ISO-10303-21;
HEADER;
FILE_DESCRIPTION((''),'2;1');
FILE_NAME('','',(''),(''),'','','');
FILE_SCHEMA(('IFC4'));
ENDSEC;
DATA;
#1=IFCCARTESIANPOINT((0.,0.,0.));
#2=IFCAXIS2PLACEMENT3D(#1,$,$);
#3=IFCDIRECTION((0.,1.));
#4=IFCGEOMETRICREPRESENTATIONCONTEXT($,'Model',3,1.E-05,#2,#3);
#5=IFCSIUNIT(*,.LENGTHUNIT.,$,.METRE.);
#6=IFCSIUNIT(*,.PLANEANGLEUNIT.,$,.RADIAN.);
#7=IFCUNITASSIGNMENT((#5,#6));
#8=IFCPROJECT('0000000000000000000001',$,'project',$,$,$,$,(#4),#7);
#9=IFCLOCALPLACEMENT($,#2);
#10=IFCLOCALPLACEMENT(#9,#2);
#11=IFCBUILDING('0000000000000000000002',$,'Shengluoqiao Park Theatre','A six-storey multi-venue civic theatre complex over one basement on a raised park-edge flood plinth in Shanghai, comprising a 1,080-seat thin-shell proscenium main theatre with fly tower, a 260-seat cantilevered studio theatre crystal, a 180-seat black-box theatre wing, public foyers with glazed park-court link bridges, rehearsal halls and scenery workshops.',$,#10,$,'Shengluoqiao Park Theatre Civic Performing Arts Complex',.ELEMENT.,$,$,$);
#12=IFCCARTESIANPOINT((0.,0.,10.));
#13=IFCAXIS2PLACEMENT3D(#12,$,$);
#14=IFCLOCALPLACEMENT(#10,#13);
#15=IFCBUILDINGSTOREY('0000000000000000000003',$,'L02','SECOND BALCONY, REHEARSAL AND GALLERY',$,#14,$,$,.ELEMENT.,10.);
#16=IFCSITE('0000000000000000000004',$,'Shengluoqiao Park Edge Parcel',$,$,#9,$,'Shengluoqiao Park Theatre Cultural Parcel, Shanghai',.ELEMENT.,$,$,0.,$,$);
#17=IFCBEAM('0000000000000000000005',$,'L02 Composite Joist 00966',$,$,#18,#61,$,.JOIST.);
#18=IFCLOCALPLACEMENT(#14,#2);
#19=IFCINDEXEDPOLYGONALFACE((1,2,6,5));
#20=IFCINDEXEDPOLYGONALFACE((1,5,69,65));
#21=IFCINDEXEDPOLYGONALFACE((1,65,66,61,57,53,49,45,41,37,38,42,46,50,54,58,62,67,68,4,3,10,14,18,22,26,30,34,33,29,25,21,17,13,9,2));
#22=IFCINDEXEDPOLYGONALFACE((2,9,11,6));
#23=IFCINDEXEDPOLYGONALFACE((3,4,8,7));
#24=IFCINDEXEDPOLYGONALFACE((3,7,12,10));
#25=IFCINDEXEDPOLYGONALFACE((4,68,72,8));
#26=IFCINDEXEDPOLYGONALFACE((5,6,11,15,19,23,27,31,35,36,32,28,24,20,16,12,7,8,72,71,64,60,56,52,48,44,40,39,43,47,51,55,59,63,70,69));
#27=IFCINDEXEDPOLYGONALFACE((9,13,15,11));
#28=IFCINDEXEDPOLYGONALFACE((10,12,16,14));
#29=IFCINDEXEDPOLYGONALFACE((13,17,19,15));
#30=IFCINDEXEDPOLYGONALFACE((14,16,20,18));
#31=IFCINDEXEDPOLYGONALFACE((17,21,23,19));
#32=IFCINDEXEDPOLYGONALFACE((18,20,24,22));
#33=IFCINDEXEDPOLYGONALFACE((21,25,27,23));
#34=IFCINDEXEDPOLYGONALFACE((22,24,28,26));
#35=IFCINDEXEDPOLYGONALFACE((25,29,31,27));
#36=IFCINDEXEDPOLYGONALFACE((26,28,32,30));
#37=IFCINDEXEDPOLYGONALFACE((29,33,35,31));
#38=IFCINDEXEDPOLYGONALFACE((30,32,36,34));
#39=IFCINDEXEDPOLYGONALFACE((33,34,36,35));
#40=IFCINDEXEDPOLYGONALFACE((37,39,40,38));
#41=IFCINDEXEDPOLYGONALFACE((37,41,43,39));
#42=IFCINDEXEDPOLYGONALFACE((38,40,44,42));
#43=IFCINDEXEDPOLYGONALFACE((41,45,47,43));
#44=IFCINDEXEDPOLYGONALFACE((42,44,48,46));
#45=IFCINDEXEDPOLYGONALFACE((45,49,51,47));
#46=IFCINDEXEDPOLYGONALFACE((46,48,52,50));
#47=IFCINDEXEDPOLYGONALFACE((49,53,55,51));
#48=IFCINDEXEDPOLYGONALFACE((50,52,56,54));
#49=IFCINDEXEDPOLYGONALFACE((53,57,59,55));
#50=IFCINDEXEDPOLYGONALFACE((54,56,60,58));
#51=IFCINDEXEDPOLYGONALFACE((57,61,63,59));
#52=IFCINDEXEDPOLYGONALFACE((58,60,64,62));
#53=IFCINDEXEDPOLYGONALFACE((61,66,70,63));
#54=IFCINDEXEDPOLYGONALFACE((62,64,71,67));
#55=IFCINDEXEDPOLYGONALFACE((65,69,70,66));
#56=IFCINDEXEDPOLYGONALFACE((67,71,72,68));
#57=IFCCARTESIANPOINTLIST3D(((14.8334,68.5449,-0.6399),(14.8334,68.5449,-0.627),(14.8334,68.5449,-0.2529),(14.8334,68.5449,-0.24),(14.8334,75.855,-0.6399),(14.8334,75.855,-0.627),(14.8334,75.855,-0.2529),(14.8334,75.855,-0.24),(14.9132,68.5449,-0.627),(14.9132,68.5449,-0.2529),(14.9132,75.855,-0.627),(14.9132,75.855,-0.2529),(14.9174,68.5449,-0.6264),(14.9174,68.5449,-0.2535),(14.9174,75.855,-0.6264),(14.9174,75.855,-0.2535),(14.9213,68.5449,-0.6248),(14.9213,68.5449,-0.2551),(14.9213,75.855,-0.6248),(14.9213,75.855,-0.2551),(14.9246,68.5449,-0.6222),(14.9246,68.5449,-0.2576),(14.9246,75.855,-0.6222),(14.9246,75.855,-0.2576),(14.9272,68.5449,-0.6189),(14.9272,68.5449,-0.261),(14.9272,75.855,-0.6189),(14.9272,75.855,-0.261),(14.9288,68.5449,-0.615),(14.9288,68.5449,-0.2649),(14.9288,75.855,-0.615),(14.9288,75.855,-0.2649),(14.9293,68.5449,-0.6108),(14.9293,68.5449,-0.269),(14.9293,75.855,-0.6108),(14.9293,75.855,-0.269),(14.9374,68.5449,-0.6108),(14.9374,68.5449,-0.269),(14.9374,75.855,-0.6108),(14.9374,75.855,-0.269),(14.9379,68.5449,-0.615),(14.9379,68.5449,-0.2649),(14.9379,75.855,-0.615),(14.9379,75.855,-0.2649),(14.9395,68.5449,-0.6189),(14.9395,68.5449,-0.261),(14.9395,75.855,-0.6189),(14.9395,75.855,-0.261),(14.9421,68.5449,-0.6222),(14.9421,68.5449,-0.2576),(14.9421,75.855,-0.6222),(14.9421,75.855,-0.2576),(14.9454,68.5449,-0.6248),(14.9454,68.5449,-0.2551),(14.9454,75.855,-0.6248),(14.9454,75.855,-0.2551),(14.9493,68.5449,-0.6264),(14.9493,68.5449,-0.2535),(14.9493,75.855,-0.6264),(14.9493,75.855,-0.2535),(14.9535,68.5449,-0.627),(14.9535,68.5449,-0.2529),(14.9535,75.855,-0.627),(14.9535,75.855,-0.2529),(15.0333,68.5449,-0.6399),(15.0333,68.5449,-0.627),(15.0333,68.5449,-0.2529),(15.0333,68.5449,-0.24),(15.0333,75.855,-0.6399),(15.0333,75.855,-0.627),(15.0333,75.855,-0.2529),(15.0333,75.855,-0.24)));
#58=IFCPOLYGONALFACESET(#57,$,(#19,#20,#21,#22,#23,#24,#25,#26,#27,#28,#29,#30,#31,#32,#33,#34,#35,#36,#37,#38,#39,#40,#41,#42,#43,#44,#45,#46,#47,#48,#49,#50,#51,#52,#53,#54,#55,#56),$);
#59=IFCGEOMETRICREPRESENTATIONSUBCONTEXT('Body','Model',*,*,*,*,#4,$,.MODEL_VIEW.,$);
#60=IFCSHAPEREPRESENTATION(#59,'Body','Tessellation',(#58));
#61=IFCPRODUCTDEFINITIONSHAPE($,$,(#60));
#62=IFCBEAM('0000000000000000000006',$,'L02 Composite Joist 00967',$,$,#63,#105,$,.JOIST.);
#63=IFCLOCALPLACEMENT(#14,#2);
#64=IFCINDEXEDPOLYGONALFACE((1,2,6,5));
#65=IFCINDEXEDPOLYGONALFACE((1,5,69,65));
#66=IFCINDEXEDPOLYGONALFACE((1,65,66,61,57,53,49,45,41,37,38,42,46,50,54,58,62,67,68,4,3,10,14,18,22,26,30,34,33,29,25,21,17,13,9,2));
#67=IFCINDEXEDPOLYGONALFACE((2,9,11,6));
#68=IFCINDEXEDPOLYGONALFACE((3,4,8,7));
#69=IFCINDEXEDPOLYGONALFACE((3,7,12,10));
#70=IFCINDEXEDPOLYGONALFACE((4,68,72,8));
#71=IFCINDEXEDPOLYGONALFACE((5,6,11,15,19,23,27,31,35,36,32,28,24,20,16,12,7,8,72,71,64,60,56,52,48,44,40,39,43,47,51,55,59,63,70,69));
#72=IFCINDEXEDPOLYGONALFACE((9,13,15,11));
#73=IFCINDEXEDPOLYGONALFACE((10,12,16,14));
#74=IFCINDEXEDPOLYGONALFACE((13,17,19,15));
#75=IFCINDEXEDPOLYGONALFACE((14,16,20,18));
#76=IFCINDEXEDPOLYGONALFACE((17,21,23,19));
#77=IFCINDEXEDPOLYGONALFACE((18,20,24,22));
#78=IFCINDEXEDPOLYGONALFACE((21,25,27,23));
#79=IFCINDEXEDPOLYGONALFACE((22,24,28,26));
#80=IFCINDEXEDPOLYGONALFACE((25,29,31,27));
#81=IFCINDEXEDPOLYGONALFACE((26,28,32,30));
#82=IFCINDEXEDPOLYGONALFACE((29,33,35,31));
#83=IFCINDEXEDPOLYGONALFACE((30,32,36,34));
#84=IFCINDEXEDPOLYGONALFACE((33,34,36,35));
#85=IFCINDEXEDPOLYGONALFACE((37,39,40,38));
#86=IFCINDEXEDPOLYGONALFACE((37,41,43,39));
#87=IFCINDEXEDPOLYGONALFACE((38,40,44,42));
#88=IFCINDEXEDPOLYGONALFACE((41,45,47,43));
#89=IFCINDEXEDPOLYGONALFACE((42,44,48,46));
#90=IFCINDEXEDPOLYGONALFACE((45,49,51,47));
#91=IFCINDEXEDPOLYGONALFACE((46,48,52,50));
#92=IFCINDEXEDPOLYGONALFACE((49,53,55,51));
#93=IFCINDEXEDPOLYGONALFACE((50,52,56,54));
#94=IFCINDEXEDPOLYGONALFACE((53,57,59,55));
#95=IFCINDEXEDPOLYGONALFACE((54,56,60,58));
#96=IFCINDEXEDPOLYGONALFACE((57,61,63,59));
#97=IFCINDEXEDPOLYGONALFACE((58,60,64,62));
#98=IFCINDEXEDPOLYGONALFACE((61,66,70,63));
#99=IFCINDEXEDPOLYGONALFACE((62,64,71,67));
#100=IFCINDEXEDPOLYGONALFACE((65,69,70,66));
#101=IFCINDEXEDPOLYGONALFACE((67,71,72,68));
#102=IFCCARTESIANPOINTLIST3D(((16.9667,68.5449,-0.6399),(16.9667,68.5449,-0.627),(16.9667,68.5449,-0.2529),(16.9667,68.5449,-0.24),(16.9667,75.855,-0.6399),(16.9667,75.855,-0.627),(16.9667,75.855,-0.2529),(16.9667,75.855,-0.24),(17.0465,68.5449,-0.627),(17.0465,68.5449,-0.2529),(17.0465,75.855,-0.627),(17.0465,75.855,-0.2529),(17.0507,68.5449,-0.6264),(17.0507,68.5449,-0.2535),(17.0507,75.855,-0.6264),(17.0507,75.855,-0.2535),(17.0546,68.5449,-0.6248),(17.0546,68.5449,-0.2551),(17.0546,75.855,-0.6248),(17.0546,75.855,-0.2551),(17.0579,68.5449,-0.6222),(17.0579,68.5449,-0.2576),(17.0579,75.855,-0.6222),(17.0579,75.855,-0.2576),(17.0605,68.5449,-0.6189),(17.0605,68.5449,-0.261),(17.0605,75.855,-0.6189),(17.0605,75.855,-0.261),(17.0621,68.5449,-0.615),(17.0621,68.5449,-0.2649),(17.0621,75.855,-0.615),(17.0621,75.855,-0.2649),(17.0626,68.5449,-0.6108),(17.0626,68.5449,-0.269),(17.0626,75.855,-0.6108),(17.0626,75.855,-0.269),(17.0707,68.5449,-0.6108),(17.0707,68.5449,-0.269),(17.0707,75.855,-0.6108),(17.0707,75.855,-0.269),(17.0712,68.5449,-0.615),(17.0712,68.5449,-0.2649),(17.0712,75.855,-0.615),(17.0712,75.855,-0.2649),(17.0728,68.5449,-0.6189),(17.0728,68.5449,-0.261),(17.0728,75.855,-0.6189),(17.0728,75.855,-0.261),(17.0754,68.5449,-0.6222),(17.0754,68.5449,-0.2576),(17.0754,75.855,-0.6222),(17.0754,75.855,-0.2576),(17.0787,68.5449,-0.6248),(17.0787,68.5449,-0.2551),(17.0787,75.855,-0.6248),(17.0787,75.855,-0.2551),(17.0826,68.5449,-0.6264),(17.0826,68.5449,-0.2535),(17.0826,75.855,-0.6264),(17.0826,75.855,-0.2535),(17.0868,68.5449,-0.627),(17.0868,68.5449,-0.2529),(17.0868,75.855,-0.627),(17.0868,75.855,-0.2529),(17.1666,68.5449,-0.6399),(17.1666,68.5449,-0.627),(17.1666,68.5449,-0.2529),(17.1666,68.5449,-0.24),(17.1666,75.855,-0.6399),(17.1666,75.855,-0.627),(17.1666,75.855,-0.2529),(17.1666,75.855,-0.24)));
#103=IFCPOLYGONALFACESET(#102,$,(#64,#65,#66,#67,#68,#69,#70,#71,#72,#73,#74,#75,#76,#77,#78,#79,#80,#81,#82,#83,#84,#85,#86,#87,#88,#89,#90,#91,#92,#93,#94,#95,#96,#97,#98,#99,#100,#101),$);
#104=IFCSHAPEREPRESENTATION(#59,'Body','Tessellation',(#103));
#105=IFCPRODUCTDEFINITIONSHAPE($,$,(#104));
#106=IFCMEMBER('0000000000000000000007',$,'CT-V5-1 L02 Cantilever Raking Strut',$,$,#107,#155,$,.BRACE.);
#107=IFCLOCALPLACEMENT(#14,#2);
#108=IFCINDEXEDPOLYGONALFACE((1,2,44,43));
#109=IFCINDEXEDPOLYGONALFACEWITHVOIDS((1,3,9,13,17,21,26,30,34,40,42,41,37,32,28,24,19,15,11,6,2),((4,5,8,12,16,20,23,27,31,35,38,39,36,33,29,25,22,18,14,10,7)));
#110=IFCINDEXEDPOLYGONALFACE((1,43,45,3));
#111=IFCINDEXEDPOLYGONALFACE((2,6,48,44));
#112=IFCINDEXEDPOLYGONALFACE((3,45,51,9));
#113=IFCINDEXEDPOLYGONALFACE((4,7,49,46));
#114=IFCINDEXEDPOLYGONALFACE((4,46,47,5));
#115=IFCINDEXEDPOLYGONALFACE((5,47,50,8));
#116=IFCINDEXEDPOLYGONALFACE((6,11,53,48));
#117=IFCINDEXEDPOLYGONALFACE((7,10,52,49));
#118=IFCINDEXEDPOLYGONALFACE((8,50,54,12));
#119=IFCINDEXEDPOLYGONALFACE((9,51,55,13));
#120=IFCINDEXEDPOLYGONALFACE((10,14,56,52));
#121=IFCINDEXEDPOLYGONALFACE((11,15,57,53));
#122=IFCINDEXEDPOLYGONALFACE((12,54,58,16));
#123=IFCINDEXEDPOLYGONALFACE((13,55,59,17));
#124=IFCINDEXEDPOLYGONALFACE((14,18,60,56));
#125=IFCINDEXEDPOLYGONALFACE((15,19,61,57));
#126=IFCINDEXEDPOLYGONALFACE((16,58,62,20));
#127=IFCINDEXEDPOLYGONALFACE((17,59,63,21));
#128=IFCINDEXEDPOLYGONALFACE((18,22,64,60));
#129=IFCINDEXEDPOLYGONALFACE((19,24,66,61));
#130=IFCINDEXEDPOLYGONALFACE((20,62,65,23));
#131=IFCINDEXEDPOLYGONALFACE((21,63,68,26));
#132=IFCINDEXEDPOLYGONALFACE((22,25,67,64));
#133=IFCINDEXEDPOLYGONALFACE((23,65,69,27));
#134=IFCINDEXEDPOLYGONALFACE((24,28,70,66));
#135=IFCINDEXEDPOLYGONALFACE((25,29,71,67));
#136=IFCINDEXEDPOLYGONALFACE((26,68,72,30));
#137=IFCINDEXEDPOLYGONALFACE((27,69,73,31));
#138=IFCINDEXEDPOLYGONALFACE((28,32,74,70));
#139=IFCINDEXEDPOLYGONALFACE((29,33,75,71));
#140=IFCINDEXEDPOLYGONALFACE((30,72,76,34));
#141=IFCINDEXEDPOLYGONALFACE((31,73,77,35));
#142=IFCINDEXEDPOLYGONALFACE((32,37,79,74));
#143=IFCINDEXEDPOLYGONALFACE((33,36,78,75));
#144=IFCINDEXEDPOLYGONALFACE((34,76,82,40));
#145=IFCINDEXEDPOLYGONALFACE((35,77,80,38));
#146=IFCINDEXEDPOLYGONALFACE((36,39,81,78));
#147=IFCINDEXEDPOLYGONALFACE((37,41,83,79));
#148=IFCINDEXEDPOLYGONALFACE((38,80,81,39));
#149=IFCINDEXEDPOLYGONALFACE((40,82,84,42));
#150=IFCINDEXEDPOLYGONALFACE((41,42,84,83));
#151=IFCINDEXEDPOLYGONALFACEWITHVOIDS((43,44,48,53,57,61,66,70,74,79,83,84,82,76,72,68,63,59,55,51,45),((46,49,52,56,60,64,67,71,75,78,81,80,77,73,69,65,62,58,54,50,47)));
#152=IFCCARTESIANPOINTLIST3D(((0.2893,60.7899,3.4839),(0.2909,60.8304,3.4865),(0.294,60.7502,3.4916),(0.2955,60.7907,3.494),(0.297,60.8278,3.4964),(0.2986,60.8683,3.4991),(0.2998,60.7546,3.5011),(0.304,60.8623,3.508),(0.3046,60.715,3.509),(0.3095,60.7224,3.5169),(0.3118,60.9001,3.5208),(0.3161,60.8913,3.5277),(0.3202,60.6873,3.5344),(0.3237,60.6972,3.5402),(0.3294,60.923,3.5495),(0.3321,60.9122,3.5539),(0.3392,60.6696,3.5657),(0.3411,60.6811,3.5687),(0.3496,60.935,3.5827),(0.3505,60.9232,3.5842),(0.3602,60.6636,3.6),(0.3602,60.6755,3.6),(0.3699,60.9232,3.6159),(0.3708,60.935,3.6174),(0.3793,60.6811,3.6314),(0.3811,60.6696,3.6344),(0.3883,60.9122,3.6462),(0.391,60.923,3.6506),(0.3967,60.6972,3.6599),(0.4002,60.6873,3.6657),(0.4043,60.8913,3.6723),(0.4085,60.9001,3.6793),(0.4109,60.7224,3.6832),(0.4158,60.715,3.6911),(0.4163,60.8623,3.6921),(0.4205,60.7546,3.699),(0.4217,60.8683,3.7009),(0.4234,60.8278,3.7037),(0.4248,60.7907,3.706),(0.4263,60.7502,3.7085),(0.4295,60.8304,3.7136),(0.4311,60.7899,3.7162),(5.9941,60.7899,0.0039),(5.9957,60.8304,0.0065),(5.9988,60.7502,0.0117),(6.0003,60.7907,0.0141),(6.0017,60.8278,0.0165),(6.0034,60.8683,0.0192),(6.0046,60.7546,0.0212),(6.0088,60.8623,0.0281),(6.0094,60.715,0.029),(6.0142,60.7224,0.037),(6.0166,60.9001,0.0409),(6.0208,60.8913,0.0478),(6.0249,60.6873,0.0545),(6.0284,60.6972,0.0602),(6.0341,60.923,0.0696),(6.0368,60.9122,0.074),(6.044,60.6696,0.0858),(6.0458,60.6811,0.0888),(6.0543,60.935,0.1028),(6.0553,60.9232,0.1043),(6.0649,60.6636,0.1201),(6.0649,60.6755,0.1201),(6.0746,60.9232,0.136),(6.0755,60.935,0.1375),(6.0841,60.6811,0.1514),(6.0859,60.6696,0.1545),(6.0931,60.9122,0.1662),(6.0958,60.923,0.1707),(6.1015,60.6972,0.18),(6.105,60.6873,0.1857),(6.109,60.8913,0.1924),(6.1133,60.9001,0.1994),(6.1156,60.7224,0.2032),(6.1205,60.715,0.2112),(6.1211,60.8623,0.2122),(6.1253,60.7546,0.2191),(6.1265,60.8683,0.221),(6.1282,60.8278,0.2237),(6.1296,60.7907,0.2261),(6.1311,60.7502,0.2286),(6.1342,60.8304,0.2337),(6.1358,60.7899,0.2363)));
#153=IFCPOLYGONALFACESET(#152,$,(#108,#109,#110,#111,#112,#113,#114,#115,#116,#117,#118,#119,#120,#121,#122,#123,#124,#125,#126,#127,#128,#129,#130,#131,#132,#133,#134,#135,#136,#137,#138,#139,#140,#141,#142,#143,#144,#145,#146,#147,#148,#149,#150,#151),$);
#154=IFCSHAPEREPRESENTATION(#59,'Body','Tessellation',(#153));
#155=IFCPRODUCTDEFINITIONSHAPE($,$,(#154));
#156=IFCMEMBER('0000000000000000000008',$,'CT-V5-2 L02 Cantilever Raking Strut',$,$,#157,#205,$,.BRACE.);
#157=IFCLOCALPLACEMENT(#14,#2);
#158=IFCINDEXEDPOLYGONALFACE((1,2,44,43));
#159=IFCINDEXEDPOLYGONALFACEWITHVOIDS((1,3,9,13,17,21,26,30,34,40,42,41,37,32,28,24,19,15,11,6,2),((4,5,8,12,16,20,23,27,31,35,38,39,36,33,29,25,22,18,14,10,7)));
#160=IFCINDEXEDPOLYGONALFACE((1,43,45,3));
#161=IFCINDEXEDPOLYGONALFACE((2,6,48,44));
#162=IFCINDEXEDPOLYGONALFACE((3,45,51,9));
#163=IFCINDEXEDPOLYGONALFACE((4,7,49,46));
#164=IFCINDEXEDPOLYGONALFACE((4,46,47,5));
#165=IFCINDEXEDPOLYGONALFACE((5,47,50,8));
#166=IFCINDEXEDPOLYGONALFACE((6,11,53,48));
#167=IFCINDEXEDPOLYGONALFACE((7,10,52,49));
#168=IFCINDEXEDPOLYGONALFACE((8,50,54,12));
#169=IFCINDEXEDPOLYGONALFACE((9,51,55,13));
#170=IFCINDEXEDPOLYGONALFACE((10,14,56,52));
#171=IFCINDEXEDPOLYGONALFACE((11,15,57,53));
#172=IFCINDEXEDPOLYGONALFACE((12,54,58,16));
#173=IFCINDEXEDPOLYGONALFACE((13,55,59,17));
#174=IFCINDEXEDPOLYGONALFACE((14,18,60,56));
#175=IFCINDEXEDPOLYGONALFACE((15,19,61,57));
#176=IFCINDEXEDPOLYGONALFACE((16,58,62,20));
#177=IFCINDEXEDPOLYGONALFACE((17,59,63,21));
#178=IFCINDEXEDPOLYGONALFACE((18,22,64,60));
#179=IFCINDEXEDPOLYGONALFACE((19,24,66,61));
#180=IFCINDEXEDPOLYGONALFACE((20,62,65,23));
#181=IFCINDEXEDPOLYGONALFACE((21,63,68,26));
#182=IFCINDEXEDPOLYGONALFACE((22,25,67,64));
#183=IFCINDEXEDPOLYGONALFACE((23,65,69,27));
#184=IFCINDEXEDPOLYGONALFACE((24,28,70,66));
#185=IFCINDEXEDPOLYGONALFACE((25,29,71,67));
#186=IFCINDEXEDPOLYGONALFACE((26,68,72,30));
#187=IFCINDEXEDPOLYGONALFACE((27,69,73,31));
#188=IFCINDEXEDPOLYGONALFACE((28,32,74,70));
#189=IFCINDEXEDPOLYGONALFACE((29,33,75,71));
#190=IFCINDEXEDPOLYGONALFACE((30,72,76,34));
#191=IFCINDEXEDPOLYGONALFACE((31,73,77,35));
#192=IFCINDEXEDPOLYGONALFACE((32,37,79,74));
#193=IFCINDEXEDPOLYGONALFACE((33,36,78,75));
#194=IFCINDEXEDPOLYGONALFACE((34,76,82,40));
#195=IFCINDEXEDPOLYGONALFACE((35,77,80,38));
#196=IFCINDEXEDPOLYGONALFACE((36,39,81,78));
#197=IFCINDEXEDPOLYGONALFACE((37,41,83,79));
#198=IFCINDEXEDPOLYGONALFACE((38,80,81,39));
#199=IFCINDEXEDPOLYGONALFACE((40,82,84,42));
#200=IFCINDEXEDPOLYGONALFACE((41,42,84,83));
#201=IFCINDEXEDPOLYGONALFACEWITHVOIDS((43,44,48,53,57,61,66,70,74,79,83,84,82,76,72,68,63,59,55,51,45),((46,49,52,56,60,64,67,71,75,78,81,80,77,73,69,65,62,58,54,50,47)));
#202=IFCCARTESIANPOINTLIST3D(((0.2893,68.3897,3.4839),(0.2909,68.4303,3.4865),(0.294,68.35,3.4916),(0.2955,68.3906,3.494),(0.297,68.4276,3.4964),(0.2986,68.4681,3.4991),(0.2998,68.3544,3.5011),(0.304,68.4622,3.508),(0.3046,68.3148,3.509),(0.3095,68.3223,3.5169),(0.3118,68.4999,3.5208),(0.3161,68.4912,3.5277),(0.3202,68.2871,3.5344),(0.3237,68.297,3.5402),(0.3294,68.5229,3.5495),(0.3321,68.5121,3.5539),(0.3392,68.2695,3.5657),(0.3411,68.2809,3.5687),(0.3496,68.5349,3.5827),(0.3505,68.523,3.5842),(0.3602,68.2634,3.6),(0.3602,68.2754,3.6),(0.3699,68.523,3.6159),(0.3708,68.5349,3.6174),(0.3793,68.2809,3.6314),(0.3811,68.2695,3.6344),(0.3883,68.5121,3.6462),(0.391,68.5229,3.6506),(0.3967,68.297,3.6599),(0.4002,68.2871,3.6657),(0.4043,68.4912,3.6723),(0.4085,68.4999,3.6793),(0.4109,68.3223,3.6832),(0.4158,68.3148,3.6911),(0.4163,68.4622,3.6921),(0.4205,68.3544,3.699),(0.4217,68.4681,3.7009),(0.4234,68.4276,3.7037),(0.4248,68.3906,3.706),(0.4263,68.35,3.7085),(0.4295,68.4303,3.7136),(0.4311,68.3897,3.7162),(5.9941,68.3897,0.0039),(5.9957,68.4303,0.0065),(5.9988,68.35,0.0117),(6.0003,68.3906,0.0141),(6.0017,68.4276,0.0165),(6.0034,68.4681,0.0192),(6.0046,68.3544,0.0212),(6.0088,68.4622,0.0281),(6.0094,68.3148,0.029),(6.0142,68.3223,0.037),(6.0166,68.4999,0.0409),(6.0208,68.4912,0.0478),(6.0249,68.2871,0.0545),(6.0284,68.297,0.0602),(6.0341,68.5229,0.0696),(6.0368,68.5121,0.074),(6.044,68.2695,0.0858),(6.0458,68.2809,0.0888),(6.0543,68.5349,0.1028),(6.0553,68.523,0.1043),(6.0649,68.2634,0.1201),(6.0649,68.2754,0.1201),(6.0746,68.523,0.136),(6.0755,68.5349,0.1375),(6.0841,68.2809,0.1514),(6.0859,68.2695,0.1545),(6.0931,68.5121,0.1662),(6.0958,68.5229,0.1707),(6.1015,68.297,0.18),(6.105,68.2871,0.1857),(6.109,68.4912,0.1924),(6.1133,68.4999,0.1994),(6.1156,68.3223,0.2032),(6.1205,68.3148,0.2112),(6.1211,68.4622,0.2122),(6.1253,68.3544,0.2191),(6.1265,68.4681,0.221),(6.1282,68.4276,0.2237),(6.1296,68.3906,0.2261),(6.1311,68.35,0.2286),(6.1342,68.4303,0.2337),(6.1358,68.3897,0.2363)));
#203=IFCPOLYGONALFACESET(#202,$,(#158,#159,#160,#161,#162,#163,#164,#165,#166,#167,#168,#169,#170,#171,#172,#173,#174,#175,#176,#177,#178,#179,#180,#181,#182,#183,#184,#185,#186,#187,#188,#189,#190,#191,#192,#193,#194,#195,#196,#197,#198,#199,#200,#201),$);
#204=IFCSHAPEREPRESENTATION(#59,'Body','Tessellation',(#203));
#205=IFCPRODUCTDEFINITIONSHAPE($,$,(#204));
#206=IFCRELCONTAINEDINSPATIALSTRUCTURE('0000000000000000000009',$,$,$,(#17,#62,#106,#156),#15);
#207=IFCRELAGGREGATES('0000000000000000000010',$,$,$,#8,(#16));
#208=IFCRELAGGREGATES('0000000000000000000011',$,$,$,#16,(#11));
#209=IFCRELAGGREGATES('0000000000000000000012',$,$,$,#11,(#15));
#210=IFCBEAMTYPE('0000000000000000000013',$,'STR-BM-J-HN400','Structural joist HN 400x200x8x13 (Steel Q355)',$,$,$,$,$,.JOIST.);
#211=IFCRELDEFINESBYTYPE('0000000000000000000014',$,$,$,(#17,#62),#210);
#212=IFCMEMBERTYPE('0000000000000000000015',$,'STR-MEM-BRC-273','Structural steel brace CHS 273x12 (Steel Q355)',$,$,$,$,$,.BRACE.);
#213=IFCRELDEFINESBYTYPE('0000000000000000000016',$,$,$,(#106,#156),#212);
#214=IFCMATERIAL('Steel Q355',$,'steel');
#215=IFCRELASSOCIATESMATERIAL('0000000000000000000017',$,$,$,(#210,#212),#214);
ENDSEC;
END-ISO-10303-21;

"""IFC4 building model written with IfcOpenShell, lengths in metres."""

from ifc_helpers import new_model, si_unit, direction, frame, origin, origin_2d, place, context, subcontext, project, spatial, hollow_circle, i_section, extrude, material, material_profile, profile_set, type_object, element, save


model = new_model("IFC4")

# Units and contexts
model_context = context("Model", 3, precision=1e-05, world=origin(), true_north=direction((0.0, 1.0)))
body_context = subcontext(model_context, "Body", "Model", "MODEL_VIEW")
ifc_project = project(units=[si_unit("LENGTHUNIT", "METRE"), si_unit("PLANEANGLEUNIT", "RADIAN")], contexts=[model_context])

# Site, building, storey
site_placement = place(None, origin())
site = spatial("IfcSite", under=ifc_project, at=site_placement, Name="Shengluoqiao Park Edge Parcel", LongName="Shengluoqiao Park Theatre Cultural Parcel, Shanghai", CompositionType="ELEMENT", RefElevation=0.0)
building_placement = place(site_placement, origin())
building = spatial("IfcBuilding", under=site, at=building_placement, Name="Shengluoqiao Park Theatre", Description="A six-storey multi-venue civic theatre complex over one basement on a raised park-edge flood plinth in Shanghai, comprising a 1,080-seat thin-shell proscenium main theatre with fly tower, a 260-seat cantilevered studio theatre crystal, a 180-seat black-box theatre wing, public foyers with glazed park-court link bridges, rehearsal halls and scenery workshops.", LongName="Shengluoqiao Park Theatre Civic Performing Arts Complex", CompositionType="ELEMENT")
storey_placement = place(building_placement, frame((0.0, 0.0, 10.0)))
storey = spatial("IfcBuildingStorey", under=building, at=storey_placement, Name="L02", Description="SECOND BALCONY, REHEARSAL AND GALLERY", CompositionType="ELEMENT", Elevation=10.0)

# Beams
ifc_material_1 = material(Name="Steel Q355", Category="steel")
ifc_material_profile_1 = material_profile(ifc_material_1, i_section(OverallWidth=0.2, OverallDepth=0.3999, WebThickness=0.0081, FlangeThickness=0.0129, FilletRadius=0.0161, at=origin_2d()), Name="HN 400x200x8x13")
ifc_profile_set_1 = profile_set([ifc_material_profile_1], Name="Steel Q355")
beam_type_1 = type_object("IfcBeamType", Name="STR-BM-J-HN400", Description="Structural joist HN 400x200x8x13 (Steel Q355)", PredefinedType="JOIST", material=ifc_profile_set_1)
for number, where, z_axis, x_axis, name in (
    (1, (14.9333, 68.5449, -0.4399), (0.0, 1.0, 0.0), (-1.0, 0.0, 0.0), "L02 Composite Joist 00966"),
    (2, (17.0667, 68.5449, -0.4399), (0.0, 1.0, 0.0), (-1.0, 0.0, 0.0), "L02 Composite Joist 00967"),
):
    element("IfcBeam", number, at=place(storey_placement, frame(where, z_axis=z_axis, x_axis=x_axis)), inside=storey, type_object=beam_type_1, Name=name, PredefinedType="JOIST", context=body_context, shape_type="SweptSolid", body=[
        extrude(i_section(OverallWidth=0.2, OverallDepth=0.3999, WebThickness=0.0081, FlangeThickness=0.0129, FilletRadius=0.0161, at=origin_2d()), origin(), (0.0, 0.0, 1.0), 7.3101),
    ])

# Members
ifc_material_profile_2 = material_profile(ifc_material_1, hollow_circle(Radius=0.1365, WallThickness=0.012, at=origin_2d()), Name="CHS 273x12")
ifc_profile_set_2 = profile_set([ifc_material_profile_2], Name="Steel Q355")
member_type = type_object("IfcMemberType", Name="STR-MEM-BRC-273", Description="Structural steel brace CHS 273x12 (Steel Q355)", PredefinedType="BRACE", material=ifc_profile_set_2)
for number, where, z_axis, x_axis, name in (
    (3, (6.0649, 60.8, 0.1201), (-0.853701, 0.0, 0.520763), (0.0, -1.0, 0.0), "CT-V5-1 L02 Cantilever Raking Strut"),
    (4, (6.0649, 68.3999, 0.1201), (-0.853701, 0.0, 0.520763), (0.0, -1.0, 0.0), "CT-V5-2 L02 Cantilever Raking Strut"),
):
    element("IfcMember", number, at=place(storey_placement, frame(where, z_axis=z_axis, x_axis=x_axis)), inside=storey, type_object=member_type, Name=name, PredefinedType="BRACE", context=body_context, shape_type="SweptSolid", body=[
        extrude(hollow_circle(Radius=0.1365, WallThickness=0.012, at=origin_2d()), origin(), (0.0, 0.0, 1.0), 6.6824),
    ])

save(model, "model.ifc")
